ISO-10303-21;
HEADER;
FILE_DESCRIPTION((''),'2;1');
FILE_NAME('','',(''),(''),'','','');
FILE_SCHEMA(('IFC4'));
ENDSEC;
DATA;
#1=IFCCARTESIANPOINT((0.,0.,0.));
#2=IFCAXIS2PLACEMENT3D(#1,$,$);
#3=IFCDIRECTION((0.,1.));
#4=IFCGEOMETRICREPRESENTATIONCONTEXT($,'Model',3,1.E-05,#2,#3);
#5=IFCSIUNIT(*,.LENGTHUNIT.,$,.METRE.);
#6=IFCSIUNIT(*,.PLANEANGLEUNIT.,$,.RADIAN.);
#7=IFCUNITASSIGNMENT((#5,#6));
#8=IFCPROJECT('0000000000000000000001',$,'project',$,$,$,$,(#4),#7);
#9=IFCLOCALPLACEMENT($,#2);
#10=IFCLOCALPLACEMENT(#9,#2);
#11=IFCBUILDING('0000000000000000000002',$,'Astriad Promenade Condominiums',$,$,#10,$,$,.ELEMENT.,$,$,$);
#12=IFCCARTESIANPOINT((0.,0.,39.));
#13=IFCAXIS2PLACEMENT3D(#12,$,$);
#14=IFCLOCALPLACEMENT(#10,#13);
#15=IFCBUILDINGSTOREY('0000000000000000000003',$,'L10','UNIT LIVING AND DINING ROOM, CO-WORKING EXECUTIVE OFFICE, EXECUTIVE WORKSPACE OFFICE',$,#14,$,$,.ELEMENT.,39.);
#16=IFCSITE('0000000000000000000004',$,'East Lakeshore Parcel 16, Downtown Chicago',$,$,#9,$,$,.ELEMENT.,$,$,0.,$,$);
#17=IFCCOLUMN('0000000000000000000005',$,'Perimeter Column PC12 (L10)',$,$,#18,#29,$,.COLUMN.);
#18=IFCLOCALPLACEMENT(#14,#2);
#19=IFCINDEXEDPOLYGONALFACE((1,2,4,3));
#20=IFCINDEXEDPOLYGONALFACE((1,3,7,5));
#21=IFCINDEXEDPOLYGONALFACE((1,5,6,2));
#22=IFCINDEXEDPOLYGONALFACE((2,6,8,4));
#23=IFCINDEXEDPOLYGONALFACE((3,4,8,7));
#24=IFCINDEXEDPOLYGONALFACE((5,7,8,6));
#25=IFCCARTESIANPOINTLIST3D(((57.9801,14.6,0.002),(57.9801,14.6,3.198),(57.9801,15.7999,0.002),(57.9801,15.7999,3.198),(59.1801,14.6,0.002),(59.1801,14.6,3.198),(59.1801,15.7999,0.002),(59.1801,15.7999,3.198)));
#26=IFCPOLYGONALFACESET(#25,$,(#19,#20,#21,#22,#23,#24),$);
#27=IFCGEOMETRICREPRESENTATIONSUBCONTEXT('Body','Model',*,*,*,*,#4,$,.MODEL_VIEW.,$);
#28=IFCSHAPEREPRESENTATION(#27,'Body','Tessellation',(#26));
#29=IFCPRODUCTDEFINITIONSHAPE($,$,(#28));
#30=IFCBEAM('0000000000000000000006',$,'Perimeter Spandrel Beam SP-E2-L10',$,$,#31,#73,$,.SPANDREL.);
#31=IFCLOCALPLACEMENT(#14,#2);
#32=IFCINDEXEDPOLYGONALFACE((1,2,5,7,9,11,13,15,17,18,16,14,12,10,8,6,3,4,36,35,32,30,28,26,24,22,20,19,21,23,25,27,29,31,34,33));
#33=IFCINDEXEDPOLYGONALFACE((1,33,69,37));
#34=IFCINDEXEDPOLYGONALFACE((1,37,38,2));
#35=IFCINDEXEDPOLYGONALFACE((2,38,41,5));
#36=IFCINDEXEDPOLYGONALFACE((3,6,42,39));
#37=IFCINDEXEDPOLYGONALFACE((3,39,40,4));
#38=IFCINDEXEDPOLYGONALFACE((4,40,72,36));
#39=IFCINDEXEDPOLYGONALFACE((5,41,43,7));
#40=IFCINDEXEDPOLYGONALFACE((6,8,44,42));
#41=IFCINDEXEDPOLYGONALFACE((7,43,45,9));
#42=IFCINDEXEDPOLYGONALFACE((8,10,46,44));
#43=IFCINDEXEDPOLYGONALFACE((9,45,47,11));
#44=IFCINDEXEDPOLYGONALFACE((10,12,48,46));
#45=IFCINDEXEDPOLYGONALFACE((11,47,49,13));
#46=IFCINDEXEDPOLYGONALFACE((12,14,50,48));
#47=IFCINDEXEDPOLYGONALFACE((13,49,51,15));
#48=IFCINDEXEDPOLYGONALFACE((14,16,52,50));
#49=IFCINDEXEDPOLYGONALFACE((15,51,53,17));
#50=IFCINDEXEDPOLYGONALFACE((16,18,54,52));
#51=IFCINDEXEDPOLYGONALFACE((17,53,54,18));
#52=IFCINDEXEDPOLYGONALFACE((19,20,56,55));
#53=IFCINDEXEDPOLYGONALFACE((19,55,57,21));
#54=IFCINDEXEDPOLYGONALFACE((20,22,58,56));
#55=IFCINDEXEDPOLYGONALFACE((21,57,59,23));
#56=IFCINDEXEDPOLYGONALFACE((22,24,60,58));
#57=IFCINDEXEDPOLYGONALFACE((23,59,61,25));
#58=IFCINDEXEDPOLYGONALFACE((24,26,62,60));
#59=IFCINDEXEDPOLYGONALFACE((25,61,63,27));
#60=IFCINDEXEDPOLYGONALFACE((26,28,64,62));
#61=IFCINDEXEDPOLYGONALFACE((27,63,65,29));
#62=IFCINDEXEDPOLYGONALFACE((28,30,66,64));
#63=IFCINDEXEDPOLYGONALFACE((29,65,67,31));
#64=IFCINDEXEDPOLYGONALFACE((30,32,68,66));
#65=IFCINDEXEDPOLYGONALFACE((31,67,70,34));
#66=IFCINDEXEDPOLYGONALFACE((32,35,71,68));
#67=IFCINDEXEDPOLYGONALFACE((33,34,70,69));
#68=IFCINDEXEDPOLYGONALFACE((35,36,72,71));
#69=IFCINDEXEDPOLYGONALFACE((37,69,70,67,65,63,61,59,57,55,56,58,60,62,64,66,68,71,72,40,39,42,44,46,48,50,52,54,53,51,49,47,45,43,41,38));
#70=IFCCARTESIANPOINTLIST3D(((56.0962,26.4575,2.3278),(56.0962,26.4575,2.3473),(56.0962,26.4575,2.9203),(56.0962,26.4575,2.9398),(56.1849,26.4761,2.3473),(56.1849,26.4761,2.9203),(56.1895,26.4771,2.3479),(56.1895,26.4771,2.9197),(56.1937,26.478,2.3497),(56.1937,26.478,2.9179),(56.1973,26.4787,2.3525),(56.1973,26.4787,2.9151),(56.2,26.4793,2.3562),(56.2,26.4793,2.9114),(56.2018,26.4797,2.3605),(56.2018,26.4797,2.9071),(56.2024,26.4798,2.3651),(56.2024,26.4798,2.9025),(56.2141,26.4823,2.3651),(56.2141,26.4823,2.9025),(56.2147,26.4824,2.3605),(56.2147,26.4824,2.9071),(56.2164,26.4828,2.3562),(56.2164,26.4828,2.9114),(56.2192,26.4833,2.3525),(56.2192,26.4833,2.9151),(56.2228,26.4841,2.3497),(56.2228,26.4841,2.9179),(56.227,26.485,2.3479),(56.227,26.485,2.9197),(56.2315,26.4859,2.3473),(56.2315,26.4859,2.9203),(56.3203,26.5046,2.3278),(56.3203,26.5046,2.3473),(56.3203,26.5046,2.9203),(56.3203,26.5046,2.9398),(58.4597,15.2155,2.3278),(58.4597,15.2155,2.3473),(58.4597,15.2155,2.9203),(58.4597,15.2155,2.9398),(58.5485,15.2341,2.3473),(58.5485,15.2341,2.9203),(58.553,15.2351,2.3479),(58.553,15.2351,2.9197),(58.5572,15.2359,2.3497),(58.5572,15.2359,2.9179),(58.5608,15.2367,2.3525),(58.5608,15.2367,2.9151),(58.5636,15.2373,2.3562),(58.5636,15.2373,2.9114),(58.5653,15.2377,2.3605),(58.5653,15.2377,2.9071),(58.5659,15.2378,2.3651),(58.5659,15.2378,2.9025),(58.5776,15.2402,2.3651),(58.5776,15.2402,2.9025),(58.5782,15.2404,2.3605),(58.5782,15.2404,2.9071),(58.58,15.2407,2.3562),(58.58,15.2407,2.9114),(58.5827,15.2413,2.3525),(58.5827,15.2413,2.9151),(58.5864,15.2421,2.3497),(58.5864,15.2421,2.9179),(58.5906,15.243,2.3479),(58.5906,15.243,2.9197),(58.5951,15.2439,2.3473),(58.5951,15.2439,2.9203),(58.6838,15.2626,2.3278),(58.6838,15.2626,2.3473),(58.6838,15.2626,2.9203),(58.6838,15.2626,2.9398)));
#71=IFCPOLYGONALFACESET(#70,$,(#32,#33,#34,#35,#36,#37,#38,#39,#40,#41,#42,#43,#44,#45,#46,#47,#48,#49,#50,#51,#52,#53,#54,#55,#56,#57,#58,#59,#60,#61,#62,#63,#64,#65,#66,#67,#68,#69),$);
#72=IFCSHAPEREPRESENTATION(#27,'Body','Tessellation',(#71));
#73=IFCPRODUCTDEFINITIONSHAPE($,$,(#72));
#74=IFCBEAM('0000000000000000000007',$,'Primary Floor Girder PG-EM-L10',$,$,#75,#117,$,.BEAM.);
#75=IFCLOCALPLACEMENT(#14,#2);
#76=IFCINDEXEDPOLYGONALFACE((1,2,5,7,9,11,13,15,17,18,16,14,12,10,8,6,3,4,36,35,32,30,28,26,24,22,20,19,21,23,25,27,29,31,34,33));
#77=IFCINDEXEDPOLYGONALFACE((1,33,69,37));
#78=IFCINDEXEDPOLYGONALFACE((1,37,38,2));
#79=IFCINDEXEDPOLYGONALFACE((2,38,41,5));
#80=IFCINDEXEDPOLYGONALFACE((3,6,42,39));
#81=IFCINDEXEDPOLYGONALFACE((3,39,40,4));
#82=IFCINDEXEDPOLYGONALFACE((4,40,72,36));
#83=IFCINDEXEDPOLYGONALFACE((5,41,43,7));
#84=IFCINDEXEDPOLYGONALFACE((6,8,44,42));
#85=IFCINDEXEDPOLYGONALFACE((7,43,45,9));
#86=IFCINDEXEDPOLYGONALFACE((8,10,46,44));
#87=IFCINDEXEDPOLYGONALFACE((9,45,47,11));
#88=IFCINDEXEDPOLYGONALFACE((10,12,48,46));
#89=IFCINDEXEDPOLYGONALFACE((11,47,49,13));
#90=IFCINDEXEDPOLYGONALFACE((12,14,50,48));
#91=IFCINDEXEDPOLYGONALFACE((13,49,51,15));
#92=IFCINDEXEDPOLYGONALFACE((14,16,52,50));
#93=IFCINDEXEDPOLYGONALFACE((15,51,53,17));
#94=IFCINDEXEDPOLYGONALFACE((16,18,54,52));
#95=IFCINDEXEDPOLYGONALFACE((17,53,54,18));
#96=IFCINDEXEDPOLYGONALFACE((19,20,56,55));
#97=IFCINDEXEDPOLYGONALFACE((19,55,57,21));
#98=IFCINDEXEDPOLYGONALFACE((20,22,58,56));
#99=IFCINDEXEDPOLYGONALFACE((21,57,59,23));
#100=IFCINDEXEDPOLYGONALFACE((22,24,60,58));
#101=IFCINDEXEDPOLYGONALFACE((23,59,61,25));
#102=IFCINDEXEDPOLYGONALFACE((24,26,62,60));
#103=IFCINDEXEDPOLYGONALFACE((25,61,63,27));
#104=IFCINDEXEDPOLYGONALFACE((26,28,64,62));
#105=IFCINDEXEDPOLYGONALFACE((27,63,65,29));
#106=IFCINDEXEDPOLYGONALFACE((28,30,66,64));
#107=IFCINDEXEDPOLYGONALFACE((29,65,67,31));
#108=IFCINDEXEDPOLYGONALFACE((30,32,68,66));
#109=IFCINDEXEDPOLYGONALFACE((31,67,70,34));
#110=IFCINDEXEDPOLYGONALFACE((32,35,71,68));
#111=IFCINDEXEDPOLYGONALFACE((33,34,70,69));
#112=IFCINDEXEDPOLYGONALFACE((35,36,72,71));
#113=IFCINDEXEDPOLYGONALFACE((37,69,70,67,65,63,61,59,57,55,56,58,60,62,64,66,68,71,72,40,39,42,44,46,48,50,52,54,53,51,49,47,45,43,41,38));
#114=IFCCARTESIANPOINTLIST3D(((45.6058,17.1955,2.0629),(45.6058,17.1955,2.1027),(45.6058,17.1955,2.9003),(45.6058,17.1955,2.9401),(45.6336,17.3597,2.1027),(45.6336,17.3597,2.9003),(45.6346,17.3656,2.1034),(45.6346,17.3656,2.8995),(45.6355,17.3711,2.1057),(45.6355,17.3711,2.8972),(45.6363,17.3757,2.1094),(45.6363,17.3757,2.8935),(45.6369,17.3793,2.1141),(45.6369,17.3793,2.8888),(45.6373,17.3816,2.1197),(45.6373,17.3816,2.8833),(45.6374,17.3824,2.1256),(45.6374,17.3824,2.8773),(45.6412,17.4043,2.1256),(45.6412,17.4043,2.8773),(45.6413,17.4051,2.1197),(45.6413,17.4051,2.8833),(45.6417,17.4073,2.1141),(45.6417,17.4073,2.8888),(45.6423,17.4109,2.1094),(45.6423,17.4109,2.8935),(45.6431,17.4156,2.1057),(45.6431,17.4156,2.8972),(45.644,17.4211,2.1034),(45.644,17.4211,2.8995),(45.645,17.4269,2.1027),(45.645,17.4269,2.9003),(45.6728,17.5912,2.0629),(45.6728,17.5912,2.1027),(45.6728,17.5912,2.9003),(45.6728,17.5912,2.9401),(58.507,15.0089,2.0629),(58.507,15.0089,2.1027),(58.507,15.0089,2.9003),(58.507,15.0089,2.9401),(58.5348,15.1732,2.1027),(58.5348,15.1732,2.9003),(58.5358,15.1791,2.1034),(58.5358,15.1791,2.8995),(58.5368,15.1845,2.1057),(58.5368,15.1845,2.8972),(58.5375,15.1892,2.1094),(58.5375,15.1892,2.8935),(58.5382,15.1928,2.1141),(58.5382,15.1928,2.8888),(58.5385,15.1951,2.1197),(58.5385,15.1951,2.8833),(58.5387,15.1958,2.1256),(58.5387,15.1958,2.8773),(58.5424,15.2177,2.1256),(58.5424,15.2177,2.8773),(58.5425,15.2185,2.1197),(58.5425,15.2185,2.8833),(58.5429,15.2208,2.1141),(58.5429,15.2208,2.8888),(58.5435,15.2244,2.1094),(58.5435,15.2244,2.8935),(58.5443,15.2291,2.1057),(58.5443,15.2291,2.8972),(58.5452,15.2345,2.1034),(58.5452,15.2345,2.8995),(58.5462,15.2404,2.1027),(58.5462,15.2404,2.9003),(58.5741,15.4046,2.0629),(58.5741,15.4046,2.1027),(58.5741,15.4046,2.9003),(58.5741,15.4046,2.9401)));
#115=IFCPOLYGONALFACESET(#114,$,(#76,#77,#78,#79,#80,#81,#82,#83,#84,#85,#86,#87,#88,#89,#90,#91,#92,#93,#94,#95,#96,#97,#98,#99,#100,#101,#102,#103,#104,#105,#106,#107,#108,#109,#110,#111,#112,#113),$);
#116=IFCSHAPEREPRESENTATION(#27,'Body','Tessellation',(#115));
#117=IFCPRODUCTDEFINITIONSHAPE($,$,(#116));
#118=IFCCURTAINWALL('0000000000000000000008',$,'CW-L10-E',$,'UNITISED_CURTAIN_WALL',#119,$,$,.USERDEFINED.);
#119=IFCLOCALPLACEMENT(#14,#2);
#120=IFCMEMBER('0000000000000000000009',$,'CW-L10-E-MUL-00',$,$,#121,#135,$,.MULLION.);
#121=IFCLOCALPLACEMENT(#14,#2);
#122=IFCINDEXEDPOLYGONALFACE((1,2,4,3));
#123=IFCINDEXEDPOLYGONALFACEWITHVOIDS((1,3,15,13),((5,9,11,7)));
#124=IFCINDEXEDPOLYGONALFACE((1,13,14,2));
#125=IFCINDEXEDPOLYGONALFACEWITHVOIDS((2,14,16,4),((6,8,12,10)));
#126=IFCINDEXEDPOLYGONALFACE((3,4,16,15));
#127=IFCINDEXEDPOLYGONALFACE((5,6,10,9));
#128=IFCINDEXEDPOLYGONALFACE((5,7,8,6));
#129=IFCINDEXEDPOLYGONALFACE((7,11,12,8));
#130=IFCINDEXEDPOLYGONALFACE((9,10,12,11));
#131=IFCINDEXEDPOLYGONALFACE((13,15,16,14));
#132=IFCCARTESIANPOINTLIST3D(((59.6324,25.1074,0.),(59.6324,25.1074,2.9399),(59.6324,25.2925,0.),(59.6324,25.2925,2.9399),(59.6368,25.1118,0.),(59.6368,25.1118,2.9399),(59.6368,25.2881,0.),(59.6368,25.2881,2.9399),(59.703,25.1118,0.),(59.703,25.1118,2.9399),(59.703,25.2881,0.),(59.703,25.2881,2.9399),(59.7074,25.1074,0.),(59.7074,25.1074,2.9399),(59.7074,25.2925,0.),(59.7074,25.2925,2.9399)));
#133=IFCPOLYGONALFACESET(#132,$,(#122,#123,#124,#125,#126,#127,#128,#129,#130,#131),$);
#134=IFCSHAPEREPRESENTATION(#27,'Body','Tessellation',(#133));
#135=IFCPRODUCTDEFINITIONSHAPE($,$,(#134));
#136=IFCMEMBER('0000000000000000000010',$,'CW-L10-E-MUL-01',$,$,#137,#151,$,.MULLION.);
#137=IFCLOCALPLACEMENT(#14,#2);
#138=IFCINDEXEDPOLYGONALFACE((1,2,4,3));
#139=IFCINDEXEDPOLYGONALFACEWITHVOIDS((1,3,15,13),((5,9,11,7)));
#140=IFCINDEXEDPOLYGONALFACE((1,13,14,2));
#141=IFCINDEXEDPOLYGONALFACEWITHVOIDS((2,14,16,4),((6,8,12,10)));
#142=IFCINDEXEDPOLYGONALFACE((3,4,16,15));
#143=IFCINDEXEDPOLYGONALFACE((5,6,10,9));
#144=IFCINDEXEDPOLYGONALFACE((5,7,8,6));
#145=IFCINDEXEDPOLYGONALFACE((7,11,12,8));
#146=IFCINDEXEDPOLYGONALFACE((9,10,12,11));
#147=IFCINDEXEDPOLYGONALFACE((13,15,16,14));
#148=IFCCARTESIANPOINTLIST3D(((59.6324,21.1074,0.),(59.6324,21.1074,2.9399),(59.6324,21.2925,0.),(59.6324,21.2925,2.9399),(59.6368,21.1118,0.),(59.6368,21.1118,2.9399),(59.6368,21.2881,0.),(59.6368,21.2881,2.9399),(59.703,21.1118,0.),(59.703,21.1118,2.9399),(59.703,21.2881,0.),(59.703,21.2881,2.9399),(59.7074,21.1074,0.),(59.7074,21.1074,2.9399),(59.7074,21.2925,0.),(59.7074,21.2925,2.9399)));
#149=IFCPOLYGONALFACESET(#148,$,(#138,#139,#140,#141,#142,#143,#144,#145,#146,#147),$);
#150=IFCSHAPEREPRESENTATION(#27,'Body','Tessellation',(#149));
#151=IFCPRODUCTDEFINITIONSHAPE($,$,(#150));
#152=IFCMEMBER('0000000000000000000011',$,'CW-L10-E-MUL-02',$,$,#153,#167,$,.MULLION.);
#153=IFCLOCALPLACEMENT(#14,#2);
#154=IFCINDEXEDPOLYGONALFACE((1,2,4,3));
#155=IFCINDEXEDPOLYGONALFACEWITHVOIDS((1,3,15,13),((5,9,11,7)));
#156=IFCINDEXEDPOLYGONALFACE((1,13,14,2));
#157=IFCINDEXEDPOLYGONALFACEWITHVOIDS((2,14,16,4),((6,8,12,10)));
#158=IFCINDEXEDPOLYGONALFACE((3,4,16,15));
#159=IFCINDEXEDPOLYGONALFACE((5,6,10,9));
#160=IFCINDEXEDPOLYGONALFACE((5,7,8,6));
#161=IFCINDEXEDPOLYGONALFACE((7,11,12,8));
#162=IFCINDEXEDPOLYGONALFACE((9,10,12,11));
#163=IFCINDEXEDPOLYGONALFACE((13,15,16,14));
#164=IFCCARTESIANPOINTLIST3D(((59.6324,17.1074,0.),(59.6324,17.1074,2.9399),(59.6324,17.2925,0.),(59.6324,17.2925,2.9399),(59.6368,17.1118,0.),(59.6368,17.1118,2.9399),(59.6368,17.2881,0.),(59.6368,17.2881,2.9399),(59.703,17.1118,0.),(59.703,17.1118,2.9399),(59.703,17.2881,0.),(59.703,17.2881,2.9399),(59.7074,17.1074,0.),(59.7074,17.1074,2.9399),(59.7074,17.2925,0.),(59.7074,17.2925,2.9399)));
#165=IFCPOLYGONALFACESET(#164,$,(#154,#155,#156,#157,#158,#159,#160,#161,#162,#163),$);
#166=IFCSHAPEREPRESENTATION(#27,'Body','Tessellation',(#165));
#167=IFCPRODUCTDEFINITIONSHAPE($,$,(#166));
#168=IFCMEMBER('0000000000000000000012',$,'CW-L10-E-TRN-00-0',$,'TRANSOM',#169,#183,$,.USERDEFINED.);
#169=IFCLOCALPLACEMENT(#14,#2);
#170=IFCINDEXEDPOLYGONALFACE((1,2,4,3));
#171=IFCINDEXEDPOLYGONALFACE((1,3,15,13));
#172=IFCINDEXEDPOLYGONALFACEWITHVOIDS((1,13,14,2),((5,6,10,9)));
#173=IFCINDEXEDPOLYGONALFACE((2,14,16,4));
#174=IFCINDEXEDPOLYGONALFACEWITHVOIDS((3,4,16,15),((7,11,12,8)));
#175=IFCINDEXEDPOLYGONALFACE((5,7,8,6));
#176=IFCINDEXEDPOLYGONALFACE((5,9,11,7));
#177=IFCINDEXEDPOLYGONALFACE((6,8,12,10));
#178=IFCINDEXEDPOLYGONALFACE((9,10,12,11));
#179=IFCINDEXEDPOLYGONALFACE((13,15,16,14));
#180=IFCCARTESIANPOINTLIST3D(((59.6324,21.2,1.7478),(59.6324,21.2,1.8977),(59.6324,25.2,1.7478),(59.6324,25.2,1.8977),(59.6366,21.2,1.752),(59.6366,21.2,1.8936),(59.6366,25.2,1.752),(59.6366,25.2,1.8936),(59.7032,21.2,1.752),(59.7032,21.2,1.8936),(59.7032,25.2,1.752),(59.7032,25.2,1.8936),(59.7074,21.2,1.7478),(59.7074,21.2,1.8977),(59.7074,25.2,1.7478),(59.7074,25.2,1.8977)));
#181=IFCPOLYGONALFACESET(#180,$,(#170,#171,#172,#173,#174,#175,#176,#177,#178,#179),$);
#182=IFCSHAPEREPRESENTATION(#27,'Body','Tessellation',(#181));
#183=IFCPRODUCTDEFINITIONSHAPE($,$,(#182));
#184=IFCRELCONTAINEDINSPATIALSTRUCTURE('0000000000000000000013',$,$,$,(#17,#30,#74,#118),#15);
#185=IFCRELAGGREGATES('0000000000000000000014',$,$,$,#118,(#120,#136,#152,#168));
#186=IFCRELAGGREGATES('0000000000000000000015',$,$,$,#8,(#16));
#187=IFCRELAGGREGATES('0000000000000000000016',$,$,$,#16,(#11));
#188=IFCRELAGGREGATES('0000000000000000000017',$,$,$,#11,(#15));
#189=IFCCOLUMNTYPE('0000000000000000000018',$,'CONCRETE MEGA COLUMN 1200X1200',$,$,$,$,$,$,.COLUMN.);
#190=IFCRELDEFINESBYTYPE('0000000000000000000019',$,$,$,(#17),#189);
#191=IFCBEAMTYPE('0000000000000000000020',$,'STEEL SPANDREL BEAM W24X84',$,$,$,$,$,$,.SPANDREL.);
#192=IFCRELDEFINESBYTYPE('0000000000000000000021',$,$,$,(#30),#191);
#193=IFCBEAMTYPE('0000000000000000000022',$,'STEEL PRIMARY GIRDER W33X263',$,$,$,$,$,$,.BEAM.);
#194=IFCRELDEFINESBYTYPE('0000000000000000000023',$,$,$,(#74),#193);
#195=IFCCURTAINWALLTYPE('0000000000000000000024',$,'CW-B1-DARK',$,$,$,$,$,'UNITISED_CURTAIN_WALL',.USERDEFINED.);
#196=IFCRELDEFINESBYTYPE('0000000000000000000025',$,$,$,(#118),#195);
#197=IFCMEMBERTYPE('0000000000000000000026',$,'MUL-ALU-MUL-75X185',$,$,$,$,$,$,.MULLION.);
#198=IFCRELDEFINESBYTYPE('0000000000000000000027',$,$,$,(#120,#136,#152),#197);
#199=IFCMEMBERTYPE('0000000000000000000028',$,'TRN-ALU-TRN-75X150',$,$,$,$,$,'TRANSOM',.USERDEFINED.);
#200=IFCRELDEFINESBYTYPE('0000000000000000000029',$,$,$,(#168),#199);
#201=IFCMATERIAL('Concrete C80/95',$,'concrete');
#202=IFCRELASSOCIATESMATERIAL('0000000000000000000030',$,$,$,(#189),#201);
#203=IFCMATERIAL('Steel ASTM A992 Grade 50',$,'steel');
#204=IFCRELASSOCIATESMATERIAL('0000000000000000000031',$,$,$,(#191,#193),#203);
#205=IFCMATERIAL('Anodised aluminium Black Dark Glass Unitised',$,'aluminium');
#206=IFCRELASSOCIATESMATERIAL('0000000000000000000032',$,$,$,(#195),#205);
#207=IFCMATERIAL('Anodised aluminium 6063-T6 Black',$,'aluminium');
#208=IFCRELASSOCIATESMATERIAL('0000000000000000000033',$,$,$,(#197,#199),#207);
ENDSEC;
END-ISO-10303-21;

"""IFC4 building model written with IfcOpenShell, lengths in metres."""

from ifc_helpers import new_model, si_unit, direction, frame, origin, origin_2d, place, context, subcontext, project, spatial, rectangle, hollow_rectangle, i_section, extrude, source, transform, mapped, material, material_profile, profile_set, type_object, type_shapes, element, aggregate, save


model = new_model("IFC4")

# Units and contexts
model_context = context("Model", 3, precision=1e-05, world=origin(), true_north=direction((0.0, 1.0)))
body_context = subcontext(model_context, "Body", "Model", "MODEL_VIEW")
ifc_project = project(units=[si_unit("LENGTHUNIT", "METRE"), si_unit("PLANEANGLEUNIT", "RADIAN")], contexts=[model_context])

# Site, building, storey
site_placement = place(None, origin())
site = spatial("IfcSite", under=ifc_project, at=site_placement, Name="East Lakeshore Parcel 16, Downtown Chicago", CompositionType="ELEMENT", RefElevation=0.0)
building_placement = place(site_placement, origin())
building = spatial("IfcBuilding", under=site, at=building_placement, Name="Astriad Promenade Condominiums", CompositionType="ELEMENT")
storey_placement = place(building_placement, frame((0.0, 0.0, 39.0)))
storey = spatial("IfcBuildingStorey", under=building, at=storey_placement, Name="L10", Description="UNIT LIVING AND DINING ROOM, CO-WORKING EXECUTIVE OFFICE, EXECUTIVE WORKSPACE OFFICE", CompositionType="ELEMENT", Elevation=39.0)

# Column
ifc_material_1 = material(Name="Concrete C80/95", Category="concrete")
ifc_material_profile_1 = material_profile(ifc_material_1, rectangle(XDim=1.2, YDim=1.2, at=origin_2d()), Name="RC-COL-1200X1200")
ifc_profile_set_1 = profile_set([ifc_material_profile_1], Name="Concrete C80/95")
column_type = type_object("IfcColumnType", Name="CONCRETE MEGA COLUMN 1200X1200", PredefinedType="COLUMN", material=ifc_profile_set_1)
shared_shape_1 = source(origin(), body_context, "Body", "SweptSolid", [
    extrude(rectangle(XDim=1.2, YDim=1.2, at=origin_2d()), origin(), (0.0, 0.0, 1.0), 3.196),
])
type_shapes(column_type, [shared_shape_1])
column_placement = place(storey_placement, frame((58.5801, 15.2, 0.002), z_axis=(0.0, 0.0, 1.0), x_axis=(1.0, 0.0, 0.0)))
element("IfcColumn", 1, at=column_placement, inside=storey, type_object=column_type, Name="Perimeter Column PC12 (L10)", PredefinedType="COLUMN", context=body_context, shape_type="MappedRepresentation", body=[
    mapped(shared_shape_1, transform((0.0, 0.0, 0.0), scale=1.0)),
])

# Beams
ifc_material_2 = material(Name="Steel ASTM A992 Grade 50", Category="steel")
ifc_material_profile_2 = material_profile(ifc_material_2, i_section(OverallWidth=0.229, OverallDepth=0.6121, WebThickness=0.012, FlangeThickness=0.0195, FilletRadius=0.0178, at=origin_2d()), Name="W24X84")
ifc_profile_set_2 = profile_set([ifc_material_profile_2], Name="Steel ASTM A992 Grade 50")
beam_type_1 = type_object("IfcBeamType", Name="STEEL SPANDREL BEAM W24X84", PredefinedType="SPANDREL", material=ifc_profile_set_2)
shared_shape_2 = source(origin(), body_context, "Body", "SweptSolid", [
    extrude(i_section(OverallWidth=0.229, OverallDepth=0.6121, WebThickness=0.012, FlangeThickness=0.0195, FilletRadius=0.0178, at=origin_2d()), origin(), (0.0, 0.0, 1.0), 11.4878),
])
type_shapes(beam_type_1, [shared_shape_2])
beam_1_placement = place(storey_placement, frame((58.5718, 15.239, 2.6338), z_axis=(-0.205744, 0.978606, 0.0), x_axis=(-0.978606, -0.205744, 0.0)))
element("IfcBeam", 2, at=beam_1_placement, inside=storey, type_object=beam_type_1, Name="Perimeter Spandrel Beam SP-E2-L10", PredefinedType="SPANDREL", context=body_context, shape_type="MappedRepresentation", body=[
    mapped(shared_shape_2, transform((0.0, 0.0, 0.0), scale=1.0)),
])
ifc_material_profile_3 = material_profile(ifc_material_2, i_section(OverallWidth=0.4014, OverallDepth=0.8772, WebThickness=0.0222, FlangeThickness=0.0398, FilletRadius=0.0229, at=origin_2d()), Name="W33X263")
ifc_profile_set_3 = profile_set([ifc_material_profile_3], Name="Steel ASTM A992 Grade 50")
beam_type_2 = type_object("IfcBeamType", Name="STEEL PRIMARY GIRDER W33X263", PredefinedType="BEAM", material=ifc_profile_set_3)
shared_shape_3 = source(origin(), body_context, "Body", "SweptSolid", [
    extrude(i_section(OverallWidth=0.4014, OverallDepth=0.8772, WebThickness=0.0222, FlangeThickness=0.0398, FilletRadius=0.0229, at=origin_2d()), origin(), (0.0, 0.0, 1.0), 13.0852),
])
type_shapes(beam_type_2, [shared_shape_3])
beam_2_placement = place(storey_placement, frame((58.5405, 15.2068, 2.5015), z_axis=(-0.98594, 0.1671, 0.0), x_axis=(-0.1671, -0.98594, 0.0)))
element("IfcBeam", 3, at=beam_2_placement, inside=storey, type_object=beam_type_2, Name="Primary Floor Girder PG-EM-L10", PredefinedType="BEAM", context=body_context, shape_type="MappedRepresentation", body=[
    mapped(shared_shape_3, transform((0.0, 0.0, 0.0), scale=1.0)),
])

# Curtain wall, members
ifc_material_3 = material(Name="Anodised aluminium Black Dark Glass Unitised", Category="aluminium")
curtain_wall_type = type_object("IfcCurtainWallType", Name="CW-B1-DARK", ElementType="UNITISED_CURTAIN_WALL", PredefinedType="USERDEFINED", material=ifc_material_3)
curtain_wall_placement = place(storey_placement, origin())
curtain_wall = element("IfcCurtainWall", 4, at=curtain_wall_placement, inside=storey, type_object=curtain_wall_type, Name="CW-L10-E", ObjectType="UNITISED_CURTAIN_WALL", PredefinedType="USERDEFINED")
ifc_material_4 = material(Name="Anodised aluminium 6063-T6 Black", Category="aluminium")
ifc_material_profile_4 = material_profile(ifc_material_4, hollow_rectangle(XDim=0.075, YDim=0.1851, WallThickness=0.0044, at=origin_2d()), Name="ALU-MUL-75X185")
ifc_profile_set_4 = profile_set([ifc_material_profile_4], Name="Anodised aluminium 6063-T6 Black")
member_type_1 = type_object("IfcMemberType", Name="MUL-ALU-MUL-75X185", PredefinedType="MULLION", material=ifc_profile_set_4)
shared_shape_4 = source(origin(), body_context, "Body", "SweptSolid", [
    extrude(hollow_rectangle(XDim=0.075, YDim=0.1851, WallThickness=0.0044, at=origin_2d()), origin(), (0.0, 0.0, 1.0), 2.9399),
])
type_shapes(member_type_1, [shared_shape_4])
member_1_placement = place(storey_placement, frame((59.6699, 25.2, 0.0), z_axis=(0.0, 0.0, 1.0), x_axis=(1.0, 0.0, 0.0)))
member_1 = element("IfcMember", 5, at=member_1_placement, type_object=member_type_1, Name="CW-L10-E-MUL-00", PredefinedType="MULLION", context=body_context, shape_type="MappedRepresentation", body=[
    mapped(shared_shape_4, transform((0.0, 0.0, 0.0), scale=1.0)),
])
member_2_placement = place(storey_placement, frame((59.6699, 21.2, 0.0), z_axis=(0.0, 0.0, 1.0), x_axis=(1.0, 0.0, 0.0)))
member_2 = element("IfcMember", 6, at=member_2_placement, type_object=member_type_1, Name="CW-L10-E-MUL-01", PredefinedType="MULLION", context=body_context, shape_type="MappedRepresentation", body=[
    mapped(shared_shape_4, transform((0.0, 0.0, 0.0), scale=1.0)),
])
member_3_placement = place(storey_placement, frame((59.6699, 17.2, 0.0), z_axis=(0.0, 0.0, 1.0), x_axis=(1.0, 0.0, 0.0)))
member_3 = element("IfcMember", 7, at=member_3_placement, type_object=member_type_1, Name="CW-L10-E-MUL-02", PredefinedType="MULLION", context=body_context, shape_type="MappedRepresentation", body=[
    mapped(shared_shape_4, transform((0.0, 0.0, 0.0), scale=1.0)),
])
ifc_material_profile_5 = material_profile(ifc_material_4, hollow_rectangle(XDim=0.075, YDim=0.1499, WallThickness=0.0042, at=origin_2d()), Name="ALU-TRN-75X150")
ifc_profile_set_5 = profile_set([ifc_material_profile_5], Name="Anodised aluminium 6063-T6 Black")
member_type_2 = type_object("IfcMemberType", Name="TRN-ALU-TRN-75X150", ElementType="TRANSOM", PredefinedType="USERDEFINED", material=ifc_profile_set_5)
shared_shape_5 = source(origin(), body_context, "Body", "SweptSolid", [
    extrude(hollow_rectangle(XDim=0.075, YDim=0.1499, WallThickness=0.0042, at=origin_2d()), origin(), (0.0, 0.0, 1.0), 4.0),
])
type_shapes(member_type_2, [shared_shape_5])
member_4_placement = place(storey_placement, frame((59.6699, 25.2, 1.8228), z_axis=(0.0, -1.0, 0.0), x_axis=(1.0, 0.0, 0.0)))
member_4 = element("IfcMember", 8, at=member_4_placement, type_object=member_type_2, Name="CW-L10-E-TRN-00-0", ObjectType="TRANSOM", PredefinedType="USERDEFINED", context=body_context, shape_type="MappedRepresentation", body=[
    mapped(shared_shape_5, transform((0.0, 0.0, 0.0), scale=1.0)),
])
aggregate(curtain_wall, [member_1, member_2, member_3, member_4])

save(model, "model.ifc")
